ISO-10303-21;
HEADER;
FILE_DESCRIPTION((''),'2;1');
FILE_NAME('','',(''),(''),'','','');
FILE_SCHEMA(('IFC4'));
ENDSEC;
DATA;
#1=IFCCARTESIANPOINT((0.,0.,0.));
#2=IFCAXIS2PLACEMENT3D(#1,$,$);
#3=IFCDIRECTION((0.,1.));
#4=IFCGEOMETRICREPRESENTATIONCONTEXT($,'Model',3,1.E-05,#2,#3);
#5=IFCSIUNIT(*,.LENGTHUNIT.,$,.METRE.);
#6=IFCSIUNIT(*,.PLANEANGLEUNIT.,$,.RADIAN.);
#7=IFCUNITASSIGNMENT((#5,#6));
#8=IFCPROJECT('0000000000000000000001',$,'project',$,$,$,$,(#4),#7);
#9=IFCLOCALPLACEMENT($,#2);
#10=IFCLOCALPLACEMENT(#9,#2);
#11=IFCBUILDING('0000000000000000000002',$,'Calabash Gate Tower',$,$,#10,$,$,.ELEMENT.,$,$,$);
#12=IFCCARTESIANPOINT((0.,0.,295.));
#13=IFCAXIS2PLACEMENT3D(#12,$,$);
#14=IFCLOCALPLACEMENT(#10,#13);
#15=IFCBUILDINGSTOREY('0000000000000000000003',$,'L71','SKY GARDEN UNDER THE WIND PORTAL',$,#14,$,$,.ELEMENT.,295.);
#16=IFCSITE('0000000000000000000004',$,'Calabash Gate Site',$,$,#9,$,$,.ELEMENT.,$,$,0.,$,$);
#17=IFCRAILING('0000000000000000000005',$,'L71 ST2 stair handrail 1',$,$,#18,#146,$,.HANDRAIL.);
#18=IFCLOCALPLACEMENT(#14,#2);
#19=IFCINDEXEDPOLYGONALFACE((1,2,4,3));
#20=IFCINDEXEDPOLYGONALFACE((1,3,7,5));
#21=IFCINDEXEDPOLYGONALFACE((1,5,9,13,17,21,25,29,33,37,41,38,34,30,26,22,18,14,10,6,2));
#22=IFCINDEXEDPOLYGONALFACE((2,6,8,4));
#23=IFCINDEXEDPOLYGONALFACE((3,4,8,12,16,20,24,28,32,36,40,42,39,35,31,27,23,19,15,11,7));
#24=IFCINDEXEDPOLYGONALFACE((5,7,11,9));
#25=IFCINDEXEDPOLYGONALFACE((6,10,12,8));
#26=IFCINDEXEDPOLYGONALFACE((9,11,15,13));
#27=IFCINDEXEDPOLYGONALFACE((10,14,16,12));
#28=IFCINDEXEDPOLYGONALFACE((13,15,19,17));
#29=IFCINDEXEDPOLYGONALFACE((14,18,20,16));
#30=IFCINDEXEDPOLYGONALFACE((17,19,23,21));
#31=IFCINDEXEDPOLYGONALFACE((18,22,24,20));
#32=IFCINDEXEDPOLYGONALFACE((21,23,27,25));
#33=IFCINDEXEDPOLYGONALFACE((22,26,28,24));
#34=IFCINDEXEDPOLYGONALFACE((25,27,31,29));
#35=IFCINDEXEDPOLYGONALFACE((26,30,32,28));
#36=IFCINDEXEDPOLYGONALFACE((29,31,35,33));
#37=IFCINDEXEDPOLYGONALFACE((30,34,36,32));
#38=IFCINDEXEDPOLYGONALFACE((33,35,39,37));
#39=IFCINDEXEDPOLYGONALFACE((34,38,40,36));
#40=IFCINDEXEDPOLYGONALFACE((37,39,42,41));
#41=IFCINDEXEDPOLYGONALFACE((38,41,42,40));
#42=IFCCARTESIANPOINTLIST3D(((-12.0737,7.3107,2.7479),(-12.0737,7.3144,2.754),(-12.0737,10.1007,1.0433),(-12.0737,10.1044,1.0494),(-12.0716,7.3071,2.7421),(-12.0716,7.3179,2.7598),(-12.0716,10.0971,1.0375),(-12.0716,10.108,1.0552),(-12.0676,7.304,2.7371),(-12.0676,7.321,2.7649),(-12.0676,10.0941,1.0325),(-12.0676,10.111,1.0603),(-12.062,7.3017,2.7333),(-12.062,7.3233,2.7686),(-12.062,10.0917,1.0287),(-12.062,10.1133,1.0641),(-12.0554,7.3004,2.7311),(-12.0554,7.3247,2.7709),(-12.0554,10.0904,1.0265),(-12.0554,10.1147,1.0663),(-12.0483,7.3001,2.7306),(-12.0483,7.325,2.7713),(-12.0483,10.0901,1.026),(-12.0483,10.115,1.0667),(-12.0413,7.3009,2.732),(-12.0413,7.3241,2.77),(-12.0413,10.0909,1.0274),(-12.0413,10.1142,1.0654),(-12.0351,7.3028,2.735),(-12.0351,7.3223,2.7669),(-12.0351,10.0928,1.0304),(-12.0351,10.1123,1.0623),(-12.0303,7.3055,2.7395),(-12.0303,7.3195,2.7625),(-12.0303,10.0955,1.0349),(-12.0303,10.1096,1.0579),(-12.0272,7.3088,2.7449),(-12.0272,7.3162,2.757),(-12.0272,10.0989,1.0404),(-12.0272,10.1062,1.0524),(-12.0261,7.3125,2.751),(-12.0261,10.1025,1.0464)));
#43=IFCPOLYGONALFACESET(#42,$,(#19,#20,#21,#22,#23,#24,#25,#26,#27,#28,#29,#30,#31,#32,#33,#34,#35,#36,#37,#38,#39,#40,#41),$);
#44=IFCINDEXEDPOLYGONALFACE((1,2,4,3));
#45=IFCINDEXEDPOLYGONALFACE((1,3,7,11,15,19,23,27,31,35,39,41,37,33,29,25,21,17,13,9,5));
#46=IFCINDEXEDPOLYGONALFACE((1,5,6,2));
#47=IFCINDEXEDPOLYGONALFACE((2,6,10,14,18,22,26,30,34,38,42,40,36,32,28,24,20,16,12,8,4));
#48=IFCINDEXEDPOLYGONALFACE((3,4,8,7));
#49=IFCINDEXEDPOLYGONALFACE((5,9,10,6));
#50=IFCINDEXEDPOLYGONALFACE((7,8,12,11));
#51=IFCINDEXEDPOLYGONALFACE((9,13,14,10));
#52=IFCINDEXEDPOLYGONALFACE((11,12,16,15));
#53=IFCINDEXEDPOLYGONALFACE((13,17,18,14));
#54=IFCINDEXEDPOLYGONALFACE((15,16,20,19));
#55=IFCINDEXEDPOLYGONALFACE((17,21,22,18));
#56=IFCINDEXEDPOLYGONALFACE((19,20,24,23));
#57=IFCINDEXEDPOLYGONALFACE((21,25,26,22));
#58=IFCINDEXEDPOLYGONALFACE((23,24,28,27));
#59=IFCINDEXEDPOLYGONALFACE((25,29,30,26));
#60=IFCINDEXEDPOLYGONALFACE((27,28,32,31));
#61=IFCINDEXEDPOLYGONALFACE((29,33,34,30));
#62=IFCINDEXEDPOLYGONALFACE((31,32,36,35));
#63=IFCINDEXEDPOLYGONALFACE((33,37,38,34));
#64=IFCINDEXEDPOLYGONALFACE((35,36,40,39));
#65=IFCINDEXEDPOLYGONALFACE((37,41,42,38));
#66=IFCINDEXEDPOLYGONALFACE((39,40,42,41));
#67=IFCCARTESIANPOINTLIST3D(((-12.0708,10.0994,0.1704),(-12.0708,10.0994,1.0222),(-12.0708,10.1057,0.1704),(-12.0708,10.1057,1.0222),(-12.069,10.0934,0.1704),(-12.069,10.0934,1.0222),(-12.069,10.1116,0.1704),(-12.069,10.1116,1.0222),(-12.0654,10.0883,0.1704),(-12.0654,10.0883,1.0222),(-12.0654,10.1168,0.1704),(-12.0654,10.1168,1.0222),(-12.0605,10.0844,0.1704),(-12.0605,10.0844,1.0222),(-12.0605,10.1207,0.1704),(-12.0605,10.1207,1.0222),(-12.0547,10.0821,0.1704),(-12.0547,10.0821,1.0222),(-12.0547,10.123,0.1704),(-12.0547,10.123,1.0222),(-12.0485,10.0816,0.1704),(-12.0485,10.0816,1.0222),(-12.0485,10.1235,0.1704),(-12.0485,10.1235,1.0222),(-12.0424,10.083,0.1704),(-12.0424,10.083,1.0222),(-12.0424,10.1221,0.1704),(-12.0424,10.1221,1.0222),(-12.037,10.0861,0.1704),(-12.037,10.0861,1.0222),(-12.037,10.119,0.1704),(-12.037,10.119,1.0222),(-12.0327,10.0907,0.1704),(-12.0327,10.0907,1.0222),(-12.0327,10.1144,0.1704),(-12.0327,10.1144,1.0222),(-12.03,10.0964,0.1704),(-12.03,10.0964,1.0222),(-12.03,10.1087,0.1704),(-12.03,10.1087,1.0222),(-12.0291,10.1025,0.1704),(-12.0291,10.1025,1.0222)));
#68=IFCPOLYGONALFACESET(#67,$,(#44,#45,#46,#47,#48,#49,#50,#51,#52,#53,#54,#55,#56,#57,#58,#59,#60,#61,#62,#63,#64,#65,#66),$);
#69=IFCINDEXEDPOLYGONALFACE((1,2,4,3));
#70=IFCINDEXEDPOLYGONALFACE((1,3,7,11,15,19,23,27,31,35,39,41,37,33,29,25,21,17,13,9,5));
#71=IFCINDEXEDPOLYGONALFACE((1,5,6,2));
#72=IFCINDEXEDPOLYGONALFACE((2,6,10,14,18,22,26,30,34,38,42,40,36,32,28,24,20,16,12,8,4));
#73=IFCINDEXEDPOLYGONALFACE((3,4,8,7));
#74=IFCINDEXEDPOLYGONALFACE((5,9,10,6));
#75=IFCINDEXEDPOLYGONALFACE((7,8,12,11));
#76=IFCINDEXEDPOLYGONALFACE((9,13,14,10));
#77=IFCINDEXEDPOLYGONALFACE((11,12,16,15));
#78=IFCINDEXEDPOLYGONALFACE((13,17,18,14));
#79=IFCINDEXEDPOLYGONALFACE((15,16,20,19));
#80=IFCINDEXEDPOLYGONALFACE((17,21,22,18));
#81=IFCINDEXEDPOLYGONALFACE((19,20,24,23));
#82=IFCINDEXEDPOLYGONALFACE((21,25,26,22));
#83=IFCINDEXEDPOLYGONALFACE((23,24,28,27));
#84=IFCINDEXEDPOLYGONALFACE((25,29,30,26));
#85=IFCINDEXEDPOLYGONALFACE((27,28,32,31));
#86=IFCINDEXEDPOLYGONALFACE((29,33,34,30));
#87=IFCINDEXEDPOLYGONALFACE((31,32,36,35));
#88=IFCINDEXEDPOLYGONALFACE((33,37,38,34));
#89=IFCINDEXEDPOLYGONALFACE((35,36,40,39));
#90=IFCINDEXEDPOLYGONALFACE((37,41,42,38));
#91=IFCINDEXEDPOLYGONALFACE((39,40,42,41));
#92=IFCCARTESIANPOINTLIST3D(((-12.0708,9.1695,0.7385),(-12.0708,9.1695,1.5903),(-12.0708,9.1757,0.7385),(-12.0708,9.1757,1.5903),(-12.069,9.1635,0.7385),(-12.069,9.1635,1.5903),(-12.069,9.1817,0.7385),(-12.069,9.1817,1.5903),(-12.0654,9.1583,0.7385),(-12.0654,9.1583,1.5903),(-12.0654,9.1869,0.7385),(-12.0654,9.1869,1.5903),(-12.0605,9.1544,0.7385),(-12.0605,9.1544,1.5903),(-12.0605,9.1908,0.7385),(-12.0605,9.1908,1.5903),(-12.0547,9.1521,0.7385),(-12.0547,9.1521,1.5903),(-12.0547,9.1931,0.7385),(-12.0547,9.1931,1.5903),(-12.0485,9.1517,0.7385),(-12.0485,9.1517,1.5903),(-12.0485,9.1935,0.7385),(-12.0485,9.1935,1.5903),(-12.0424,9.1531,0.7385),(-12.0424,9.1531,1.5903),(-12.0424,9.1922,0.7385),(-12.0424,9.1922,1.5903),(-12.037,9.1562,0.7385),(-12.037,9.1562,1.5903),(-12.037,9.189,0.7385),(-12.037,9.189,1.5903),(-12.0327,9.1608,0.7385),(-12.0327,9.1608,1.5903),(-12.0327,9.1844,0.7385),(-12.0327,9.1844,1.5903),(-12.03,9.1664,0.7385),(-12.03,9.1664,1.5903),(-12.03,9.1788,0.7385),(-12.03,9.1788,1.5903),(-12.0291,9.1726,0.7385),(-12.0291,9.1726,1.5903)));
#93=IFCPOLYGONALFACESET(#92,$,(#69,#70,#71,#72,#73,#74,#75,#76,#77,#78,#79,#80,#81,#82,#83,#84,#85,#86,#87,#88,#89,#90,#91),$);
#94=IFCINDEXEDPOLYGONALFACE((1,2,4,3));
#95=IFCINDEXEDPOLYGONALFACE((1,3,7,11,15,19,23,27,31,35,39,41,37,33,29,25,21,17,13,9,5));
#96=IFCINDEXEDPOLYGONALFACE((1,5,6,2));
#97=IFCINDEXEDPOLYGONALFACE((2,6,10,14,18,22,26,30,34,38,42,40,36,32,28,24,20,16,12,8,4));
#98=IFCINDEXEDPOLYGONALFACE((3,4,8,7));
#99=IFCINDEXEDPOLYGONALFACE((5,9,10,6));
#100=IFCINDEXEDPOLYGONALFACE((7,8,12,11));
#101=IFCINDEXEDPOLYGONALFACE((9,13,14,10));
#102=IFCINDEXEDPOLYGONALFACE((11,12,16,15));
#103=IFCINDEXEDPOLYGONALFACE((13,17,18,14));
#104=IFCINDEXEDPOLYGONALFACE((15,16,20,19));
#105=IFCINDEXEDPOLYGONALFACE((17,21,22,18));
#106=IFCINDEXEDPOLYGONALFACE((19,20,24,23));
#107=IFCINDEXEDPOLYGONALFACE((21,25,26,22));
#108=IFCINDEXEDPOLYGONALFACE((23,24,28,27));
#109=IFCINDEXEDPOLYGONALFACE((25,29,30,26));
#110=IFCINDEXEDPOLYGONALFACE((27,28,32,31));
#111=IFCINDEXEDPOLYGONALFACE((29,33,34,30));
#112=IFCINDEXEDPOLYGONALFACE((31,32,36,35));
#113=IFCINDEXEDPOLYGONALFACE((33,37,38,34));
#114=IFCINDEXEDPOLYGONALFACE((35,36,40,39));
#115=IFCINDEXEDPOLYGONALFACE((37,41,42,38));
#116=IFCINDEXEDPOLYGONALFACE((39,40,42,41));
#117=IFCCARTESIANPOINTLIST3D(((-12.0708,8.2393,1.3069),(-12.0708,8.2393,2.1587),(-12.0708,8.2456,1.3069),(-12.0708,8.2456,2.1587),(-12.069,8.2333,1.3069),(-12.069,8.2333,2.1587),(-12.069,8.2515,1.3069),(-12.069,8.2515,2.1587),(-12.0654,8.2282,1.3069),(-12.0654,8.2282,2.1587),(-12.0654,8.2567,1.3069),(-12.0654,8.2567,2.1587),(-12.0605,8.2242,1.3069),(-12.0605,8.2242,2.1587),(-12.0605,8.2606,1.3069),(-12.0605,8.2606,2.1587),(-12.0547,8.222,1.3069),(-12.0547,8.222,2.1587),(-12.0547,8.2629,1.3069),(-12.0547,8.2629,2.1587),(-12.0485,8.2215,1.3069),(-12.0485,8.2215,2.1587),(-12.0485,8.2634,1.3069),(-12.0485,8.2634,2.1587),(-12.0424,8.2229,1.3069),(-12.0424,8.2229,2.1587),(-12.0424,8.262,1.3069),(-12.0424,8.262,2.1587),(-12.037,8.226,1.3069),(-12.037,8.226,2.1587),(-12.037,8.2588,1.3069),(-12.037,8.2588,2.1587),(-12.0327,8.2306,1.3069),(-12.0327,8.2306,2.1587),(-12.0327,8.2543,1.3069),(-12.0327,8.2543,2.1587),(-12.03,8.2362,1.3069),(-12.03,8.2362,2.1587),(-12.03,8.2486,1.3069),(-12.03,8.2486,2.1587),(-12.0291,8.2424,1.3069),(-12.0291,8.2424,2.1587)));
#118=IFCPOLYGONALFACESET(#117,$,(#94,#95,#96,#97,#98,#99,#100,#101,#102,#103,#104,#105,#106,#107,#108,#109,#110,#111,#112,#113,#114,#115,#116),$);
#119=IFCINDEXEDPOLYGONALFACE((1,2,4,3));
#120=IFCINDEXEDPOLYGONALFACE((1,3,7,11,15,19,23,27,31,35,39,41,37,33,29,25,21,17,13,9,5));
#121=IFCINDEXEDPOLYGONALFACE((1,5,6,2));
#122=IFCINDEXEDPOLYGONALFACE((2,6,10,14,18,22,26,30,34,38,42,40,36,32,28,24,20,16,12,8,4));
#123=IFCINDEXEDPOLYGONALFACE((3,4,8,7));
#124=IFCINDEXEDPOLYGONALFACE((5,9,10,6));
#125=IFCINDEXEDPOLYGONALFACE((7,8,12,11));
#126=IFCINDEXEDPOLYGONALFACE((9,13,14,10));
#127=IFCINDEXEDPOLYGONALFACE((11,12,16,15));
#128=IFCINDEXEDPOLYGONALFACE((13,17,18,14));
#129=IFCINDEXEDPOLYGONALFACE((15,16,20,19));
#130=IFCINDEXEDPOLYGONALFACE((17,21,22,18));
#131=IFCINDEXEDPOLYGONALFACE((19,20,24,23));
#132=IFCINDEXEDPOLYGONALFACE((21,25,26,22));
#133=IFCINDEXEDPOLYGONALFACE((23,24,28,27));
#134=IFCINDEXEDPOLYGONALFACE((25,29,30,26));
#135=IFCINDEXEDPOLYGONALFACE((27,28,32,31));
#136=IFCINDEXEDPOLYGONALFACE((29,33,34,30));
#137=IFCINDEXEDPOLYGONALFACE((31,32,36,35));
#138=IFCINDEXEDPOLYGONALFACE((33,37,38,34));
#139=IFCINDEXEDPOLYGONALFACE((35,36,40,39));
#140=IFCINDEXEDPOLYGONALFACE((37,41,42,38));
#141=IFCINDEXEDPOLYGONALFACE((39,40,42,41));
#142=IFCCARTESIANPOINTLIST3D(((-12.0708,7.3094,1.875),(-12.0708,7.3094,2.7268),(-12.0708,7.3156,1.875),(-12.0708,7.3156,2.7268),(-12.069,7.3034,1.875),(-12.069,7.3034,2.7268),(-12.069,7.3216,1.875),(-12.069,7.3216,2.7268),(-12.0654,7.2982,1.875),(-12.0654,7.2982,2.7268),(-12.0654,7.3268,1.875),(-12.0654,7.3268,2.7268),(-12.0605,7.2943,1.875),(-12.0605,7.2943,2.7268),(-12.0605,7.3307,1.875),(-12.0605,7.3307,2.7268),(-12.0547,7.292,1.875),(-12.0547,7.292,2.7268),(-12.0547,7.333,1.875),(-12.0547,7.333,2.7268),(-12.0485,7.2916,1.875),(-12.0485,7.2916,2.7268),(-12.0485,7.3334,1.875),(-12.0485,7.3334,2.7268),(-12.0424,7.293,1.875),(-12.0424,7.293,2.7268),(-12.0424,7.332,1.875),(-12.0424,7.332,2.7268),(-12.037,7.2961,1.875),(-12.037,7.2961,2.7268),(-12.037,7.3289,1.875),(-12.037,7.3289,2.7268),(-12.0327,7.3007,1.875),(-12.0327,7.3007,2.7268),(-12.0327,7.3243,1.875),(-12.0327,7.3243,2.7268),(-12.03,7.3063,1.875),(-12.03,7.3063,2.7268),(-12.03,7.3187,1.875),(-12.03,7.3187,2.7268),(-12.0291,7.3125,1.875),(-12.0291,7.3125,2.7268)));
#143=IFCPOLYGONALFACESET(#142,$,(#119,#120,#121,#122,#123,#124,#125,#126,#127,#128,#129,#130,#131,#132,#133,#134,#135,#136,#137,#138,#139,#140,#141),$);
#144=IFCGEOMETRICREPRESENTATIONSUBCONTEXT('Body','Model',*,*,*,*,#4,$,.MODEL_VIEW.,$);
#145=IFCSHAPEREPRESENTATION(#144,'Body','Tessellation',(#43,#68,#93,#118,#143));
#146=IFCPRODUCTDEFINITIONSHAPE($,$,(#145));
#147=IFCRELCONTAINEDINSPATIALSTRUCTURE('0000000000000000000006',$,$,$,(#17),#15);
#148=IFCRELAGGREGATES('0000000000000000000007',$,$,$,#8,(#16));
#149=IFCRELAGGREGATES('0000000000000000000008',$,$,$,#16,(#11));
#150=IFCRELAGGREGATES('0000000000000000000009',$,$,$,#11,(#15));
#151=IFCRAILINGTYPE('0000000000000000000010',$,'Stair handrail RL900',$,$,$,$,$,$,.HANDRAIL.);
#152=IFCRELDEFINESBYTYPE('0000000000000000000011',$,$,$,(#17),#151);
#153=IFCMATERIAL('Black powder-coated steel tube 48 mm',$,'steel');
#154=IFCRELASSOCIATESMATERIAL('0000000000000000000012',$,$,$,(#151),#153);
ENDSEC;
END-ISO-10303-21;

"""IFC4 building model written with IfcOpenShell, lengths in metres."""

from ifc_helpers import new_model, si_unit, direction, frame, origin, origin_2d, place, context, subcontext, project, spatial, circle, extrude, material, type_object, element, save


model = new_model("IFC4")

# Units and contexts
model_context = context("Model", 3, precision=1e-05, world=origin(), true_north=direction((0.0, 1.0)))
body_context = subcontext(model_context, "Body", "Model", "MODEL_VIEW")
ifc_project = project(units=[si_unit("LENGTHUNIT", "METRE"), si_unit("PLANEANGLEUNIT", "RADIAN")], contexts=[model_context])

# Site, building, storey
site_placement = place(None, origin())
site = spatial("IfcSite", under=ifc_project, at=site_placement, Name="Calabash Gate Site", CompositionType="ELEMENT", RefElevation=0.0)
building_placement = place(site_placement, origin())
building = spatial("IfcBuilding", under=site, at=building_placement, Name="Calabash Gate Tower", CompositionType="ELEMENT")
storey_placement = place(building_placement, frame((0.0, 0.0, 295.0)))
storey = spatial("IfcBuildingStorey", under=building, at=storey_placement, Name="L71", Description="SKY GARDEN UNDER THE WIND PORTAL", CompositionType="ELEMENT", Elevation=295.0)

# Railing
ifc_material_1 = material(Name="Black powder-coated steel tube 48 mm", Category="steel")
railing_type_1 = type_object("IfcRailingType", Name="Stair handrail RL900", PredefinedType="HANDRAIL", material=ifc_material_1)
for number, where, name in (
    (1, (-12.05, 10.1025, 0.1704), "L71 ST2 stair handrail 1"),
):
    element("IfcRailing", number, at=place(storey_placement, frame(where)), inside=storey, type_object=railing_type_1, Name=name, PredefinedType="HANDRAIL", context=body_context, shape_type="SweptSolid", body=[
        extrude(circle(Radius=0.0239, at=origin_2d()), frame((0.0, 0.0, 0.876), z_axis=(0.0, -0.853341, 0.521353), x_axis=(1.0, 0.0, 0.0)), (0.0, 0.0, 1.0), 3.2695),
        extrude(circle(Radius=0.021, at=origin_2d()), origin(), (0.0, 0.0, 1.0), 0.8518),
        extrude(circle(Radius=0.021, at=origin_2d()), frame((0.0, -0.9299, 0.5681)), (0.0, 0.0, 1.0), 0.8518),
        extrude(circle(Radius=0.021, at=origin_2d()), frame((0.0, -1.8601, 1.1365)), (0.0, 0.0, 1.0), 0.8518),
        extrude(circle(Radius=0.021, at=origin_2d()), frame((0.0, -2.79, 1.7046)), (0.0, 0.0, 1.0), 0.8518),
    ])

save(model, "model.ifc")
